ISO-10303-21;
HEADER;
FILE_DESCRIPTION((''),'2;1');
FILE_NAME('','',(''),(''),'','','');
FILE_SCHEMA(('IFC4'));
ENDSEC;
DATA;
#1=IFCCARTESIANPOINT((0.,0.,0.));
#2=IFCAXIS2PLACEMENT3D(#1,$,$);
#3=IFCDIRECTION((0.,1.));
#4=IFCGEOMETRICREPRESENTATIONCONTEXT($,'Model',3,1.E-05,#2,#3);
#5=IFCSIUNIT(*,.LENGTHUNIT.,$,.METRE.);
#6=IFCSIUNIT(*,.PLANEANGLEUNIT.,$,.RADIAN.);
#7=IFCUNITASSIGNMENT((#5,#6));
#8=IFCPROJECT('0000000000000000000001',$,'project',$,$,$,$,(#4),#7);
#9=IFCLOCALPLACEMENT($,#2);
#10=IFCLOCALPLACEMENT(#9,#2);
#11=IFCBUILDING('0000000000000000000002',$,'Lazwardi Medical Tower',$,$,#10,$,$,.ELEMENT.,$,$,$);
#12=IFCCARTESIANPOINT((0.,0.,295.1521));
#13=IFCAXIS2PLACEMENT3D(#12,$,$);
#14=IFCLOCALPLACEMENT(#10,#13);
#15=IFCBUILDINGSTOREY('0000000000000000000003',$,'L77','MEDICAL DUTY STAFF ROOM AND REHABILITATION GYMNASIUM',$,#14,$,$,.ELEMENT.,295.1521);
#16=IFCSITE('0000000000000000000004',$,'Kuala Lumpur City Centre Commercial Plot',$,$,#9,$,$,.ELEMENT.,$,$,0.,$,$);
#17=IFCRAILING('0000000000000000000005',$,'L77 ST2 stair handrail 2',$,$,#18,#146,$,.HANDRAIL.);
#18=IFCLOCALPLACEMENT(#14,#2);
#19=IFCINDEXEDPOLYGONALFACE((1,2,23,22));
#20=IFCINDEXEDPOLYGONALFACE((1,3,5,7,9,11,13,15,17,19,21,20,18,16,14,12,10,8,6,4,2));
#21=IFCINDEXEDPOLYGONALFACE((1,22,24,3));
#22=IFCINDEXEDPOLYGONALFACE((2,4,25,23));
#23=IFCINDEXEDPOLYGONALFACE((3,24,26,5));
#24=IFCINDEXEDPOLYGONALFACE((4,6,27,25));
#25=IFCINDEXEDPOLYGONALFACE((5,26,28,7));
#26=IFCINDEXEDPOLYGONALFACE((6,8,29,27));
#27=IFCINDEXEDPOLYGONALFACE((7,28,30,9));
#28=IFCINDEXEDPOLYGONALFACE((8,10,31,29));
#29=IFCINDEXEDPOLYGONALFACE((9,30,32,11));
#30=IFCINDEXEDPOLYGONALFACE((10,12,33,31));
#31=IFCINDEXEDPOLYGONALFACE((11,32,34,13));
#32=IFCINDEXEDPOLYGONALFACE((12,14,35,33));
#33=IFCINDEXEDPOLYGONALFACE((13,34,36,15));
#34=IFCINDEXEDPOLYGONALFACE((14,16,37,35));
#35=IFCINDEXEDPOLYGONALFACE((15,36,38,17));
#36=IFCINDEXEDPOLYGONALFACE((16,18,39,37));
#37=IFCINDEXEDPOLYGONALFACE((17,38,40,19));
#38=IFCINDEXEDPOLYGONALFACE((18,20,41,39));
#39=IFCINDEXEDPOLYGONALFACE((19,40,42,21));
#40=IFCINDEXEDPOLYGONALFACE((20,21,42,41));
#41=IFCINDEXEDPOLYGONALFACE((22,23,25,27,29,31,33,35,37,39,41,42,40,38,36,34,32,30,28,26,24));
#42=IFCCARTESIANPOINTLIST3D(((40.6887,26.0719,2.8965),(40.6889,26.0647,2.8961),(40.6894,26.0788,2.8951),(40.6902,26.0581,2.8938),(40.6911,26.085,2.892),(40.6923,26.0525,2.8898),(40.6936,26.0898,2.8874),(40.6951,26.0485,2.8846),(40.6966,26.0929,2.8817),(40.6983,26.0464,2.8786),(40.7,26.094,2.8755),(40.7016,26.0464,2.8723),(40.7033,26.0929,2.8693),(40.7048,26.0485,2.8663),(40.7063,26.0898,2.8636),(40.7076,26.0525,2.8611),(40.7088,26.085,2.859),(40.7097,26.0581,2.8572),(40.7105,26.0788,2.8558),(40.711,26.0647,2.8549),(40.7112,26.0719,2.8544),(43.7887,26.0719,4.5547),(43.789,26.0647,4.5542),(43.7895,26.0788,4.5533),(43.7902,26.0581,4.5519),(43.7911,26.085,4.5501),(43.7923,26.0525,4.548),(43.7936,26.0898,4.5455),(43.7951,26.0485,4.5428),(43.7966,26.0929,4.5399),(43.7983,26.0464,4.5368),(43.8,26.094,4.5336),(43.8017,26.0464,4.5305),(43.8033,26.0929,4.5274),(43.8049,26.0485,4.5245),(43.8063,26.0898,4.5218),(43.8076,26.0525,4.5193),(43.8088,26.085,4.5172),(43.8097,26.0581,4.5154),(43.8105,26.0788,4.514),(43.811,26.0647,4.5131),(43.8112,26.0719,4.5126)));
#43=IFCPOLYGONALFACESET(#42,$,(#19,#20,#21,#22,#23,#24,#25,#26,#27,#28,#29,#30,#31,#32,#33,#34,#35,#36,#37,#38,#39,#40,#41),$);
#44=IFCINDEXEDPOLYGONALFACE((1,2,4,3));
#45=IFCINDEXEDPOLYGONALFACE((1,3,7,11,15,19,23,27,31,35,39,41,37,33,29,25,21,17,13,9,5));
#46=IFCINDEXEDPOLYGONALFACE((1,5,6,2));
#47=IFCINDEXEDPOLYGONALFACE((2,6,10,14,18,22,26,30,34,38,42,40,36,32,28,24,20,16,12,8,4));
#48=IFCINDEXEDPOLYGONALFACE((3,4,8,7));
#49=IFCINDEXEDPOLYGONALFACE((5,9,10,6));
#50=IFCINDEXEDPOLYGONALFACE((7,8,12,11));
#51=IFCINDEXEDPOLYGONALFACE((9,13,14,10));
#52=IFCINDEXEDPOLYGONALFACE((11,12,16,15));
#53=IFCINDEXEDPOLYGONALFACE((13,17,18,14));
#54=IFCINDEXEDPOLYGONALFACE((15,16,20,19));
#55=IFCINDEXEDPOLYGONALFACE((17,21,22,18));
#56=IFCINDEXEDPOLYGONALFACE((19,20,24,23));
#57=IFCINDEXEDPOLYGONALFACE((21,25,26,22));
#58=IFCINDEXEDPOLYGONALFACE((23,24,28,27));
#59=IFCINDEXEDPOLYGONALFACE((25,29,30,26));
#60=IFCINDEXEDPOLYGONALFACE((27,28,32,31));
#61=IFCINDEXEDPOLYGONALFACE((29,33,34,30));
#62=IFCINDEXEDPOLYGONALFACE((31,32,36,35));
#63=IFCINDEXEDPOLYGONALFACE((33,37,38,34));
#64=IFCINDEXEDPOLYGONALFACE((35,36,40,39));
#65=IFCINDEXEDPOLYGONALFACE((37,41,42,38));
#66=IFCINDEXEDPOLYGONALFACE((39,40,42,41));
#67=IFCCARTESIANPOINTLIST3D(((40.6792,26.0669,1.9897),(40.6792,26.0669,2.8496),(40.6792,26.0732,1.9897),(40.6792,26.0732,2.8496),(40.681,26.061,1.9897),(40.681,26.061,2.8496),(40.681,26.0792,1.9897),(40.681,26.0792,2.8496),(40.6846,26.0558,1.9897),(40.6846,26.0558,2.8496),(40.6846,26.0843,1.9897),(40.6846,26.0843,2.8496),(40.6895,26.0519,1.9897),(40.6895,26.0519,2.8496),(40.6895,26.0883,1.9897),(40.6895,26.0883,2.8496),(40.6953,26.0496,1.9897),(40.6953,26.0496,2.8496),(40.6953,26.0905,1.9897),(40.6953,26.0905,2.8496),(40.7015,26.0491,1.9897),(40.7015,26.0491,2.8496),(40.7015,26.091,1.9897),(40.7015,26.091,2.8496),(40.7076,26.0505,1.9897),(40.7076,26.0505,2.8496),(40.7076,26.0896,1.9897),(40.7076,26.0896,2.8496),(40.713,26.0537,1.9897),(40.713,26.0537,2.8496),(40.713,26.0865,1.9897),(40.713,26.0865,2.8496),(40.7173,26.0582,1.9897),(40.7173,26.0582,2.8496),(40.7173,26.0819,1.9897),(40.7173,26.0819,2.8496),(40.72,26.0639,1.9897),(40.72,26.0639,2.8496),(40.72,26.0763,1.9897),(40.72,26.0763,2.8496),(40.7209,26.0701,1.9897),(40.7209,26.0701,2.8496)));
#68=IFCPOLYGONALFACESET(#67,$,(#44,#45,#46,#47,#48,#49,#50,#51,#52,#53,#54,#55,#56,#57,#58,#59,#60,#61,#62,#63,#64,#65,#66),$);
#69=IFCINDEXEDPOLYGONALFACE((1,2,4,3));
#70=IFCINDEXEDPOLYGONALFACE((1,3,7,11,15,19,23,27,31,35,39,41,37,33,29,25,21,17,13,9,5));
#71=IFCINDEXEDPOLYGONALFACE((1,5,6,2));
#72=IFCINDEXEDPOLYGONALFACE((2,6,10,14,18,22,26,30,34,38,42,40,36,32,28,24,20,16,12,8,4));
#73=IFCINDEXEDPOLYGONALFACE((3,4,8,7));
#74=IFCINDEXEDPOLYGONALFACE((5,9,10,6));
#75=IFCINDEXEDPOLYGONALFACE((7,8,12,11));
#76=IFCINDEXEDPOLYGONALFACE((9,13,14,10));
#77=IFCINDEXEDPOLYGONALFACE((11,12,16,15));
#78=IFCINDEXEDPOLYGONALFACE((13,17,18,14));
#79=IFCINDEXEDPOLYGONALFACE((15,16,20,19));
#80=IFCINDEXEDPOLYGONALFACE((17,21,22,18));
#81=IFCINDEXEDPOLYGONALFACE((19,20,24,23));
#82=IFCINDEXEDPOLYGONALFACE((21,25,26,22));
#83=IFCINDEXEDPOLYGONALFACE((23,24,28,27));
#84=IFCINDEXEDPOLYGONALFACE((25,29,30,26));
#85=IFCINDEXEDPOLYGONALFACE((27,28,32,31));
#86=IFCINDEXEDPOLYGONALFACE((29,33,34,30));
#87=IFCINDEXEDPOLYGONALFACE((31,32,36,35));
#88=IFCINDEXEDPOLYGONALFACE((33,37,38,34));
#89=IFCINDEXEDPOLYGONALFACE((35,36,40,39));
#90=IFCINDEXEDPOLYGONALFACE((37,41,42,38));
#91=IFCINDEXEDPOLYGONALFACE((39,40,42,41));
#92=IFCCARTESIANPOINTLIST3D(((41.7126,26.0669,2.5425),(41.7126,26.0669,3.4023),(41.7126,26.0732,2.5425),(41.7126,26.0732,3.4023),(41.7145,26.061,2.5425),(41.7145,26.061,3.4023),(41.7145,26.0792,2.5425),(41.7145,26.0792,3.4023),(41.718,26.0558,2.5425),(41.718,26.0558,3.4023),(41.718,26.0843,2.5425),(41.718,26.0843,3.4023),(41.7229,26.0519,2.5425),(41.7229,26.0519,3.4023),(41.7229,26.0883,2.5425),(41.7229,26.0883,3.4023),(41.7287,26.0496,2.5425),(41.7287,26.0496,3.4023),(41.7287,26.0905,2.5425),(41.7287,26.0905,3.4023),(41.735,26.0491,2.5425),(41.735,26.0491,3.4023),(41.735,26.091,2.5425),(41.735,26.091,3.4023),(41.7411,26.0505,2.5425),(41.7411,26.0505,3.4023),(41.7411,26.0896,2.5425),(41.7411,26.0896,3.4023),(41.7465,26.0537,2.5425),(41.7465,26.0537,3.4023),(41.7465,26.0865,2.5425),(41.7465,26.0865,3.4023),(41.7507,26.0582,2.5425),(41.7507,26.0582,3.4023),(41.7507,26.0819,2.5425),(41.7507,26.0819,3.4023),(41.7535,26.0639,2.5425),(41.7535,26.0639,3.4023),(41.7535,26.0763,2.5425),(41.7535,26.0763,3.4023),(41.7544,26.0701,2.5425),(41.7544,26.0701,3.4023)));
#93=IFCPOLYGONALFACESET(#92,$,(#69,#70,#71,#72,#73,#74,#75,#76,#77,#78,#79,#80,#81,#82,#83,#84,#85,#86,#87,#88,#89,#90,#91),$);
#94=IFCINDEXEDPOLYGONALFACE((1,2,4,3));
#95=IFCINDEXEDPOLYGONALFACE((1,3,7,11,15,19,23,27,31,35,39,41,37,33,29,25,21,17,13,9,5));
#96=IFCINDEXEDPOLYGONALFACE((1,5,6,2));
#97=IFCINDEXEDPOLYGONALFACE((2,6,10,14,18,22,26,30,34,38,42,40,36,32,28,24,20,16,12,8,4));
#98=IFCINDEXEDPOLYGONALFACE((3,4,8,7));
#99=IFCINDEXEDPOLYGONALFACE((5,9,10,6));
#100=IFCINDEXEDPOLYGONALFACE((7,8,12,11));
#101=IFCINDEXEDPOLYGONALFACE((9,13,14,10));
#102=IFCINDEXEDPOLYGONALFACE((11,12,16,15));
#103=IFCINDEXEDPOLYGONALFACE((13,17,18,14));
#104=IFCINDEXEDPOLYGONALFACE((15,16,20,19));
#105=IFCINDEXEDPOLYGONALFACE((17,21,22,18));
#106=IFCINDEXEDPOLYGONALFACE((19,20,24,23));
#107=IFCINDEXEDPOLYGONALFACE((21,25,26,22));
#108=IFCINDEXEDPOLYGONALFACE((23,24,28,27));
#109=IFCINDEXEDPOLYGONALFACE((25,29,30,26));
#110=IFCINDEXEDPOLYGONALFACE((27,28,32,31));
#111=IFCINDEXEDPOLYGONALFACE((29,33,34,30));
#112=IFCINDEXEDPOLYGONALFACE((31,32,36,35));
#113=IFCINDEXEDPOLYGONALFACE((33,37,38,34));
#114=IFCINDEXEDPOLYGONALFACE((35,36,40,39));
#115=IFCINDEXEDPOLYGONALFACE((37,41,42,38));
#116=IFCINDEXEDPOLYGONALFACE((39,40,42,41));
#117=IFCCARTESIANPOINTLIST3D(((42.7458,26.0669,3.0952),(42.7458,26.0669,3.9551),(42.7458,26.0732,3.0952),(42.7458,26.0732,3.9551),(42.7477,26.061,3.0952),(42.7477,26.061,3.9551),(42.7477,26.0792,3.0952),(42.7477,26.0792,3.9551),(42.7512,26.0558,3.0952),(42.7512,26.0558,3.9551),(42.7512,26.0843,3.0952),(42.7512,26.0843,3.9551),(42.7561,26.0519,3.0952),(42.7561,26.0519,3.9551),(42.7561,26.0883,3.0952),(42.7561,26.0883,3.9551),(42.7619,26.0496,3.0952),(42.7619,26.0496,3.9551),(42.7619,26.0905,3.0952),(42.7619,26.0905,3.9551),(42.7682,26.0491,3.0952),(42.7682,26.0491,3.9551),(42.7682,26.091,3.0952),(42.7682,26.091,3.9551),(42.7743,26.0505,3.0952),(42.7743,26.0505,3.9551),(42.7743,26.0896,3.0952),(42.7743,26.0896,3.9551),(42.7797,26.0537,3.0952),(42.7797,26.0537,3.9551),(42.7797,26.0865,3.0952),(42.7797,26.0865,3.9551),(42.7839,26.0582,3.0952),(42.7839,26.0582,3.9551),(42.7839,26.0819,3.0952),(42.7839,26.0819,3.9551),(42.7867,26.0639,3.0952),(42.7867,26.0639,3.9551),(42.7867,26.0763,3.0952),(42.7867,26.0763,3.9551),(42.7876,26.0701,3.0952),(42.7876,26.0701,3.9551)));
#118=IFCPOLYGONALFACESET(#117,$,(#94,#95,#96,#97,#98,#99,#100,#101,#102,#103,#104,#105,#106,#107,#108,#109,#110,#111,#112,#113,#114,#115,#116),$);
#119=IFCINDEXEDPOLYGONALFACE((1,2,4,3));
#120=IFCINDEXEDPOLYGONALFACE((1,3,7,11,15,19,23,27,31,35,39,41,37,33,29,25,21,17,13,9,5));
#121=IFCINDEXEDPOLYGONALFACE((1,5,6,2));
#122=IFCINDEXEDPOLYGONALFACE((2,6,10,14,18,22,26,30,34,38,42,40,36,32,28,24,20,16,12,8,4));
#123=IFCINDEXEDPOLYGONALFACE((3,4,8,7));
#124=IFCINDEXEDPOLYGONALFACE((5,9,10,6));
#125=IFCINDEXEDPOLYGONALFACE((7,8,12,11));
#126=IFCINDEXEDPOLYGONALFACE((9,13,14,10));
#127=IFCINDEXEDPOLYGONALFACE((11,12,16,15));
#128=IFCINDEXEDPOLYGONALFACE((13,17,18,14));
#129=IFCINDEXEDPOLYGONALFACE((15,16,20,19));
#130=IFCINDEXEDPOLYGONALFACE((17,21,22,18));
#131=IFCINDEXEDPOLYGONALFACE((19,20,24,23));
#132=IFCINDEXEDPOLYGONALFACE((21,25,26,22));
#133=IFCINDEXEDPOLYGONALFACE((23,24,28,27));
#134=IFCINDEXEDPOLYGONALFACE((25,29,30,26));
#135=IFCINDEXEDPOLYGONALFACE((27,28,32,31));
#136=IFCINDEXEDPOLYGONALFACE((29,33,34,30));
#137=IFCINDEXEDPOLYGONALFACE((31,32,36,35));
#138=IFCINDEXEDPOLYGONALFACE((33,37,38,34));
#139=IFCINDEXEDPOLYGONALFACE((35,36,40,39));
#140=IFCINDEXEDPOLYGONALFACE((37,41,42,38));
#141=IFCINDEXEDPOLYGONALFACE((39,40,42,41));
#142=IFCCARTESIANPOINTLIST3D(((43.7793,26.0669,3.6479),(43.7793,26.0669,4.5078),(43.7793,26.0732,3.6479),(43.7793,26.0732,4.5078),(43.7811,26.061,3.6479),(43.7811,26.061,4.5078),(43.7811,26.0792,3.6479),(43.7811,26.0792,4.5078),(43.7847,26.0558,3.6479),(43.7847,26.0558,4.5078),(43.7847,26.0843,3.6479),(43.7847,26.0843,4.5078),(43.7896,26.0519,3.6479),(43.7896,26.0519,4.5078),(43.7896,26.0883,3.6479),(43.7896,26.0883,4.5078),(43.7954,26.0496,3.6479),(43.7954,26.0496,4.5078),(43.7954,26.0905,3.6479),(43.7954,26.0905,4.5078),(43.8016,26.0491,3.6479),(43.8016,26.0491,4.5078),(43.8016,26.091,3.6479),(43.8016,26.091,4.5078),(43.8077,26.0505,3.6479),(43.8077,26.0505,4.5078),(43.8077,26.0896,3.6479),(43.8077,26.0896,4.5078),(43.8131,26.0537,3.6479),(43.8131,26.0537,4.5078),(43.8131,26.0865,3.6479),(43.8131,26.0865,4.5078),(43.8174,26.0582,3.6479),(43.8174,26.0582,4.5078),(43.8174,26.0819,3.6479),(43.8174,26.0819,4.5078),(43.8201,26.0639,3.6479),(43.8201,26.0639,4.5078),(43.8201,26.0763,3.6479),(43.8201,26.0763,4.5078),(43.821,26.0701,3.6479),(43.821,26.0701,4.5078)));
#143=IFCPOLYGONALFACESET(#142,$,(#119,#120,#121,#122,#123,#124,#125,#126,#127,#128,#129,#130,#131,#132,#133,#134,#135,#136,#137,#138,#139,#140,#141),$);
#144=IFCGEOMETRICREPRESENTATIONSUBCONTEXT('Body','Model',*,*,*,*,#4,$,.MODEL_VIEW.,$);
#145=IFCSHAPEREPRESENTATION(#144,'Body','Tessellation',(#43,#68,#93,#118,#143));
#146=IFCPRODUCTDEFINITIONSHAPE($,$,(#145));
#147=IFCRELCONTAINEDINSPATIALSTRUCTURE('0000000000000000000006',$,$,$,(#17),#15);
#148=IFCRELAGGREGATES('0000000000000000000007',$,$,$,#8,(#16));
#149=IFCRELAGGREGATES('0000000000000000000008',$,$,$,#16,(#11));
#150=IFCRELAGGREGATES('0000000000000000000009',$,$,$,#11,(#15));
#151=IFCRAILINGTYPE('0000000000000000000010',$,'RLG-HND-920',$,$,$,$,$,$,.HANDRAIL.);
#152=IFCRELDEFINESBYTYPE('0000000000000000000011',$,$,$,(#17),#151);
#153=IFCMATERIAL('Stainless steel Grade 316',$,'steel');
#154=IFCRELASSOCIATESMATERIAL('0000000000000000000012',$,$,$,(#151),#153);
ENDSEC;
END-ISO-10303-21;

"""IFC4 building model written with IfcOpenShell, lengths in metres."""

from ifc_helpers import new_model, si_unit, direction, frame, origin, origin_2d, place, context, subcontext, project, spatial, circle, extrude, material, type_object, element, save


model = new_model("IFC4")

# Units and contexts
model_context = context("Model", 3, precision=1e-05, world=origin(), true_north=direction((0.0, 1.0)))
body_context = subcontext(model_context, "Body", "Model", "MODEL_VIEW")
ifc_project = project(units=[si_unit("LENGTHUNIT", "METRE"), si_unit("PLANEANGLEUNIT", "RADIAN")], contexts=[model_context])

# Site, building, storey
site_placement = place(None, origin())
site = spatial("IfcSite", under=ifc_project, at=site_placement, Name="Kuala Lumpur City Centre Commercial Plot", CompositionType="ELEMENT", RefElevation=0.0)
building_placement = place(site_placement, origin())
building = spatial("IfcBuilding", under=site, at=building_placement, Name="Lazwardi Medical Tower", CompositionType="ELEMENT")
storey_placement = place(building_placement, frame((0.0, 0.0, 295.1521)))
storey = spatial("IfcBuildingStorey", under=building, at=storey_placement, Name="L77", Description="MEDICAL DUTY STAFF ROOM AND REHABILITATION GYMNASIUM", CompositionType="ELEMENT", Elevation=295.1521)

# Railing
ifc_material_1 = material(Name="Stainless steel Grade 316", Category="steel")
railing_type_1 = type_object("IfcRailingType", Name="RLG-HND-920", PredefinedType="HANDRAIL", material=ifc_material_1)
railing_1_placement = place(storey_placement, frame((40.7, 26.0701, 1.9897)))
element("IfcRailing", 1, at=railing_1_placement, inside=storey, type_object=railing_type_1, Name="L77 ST2 stair handrail 2", PredefinedType="HANDRAIL", context=body_context, shape_type="SweptSolid", body=[
    extrude(circle(Radius=0.0239, at=origin_2d()), frame((0.0, 0.0, 0.8857), z_axis=(0.881783, 0.0, 0.471655), x_axis=(0.0, 1.0, 0.0)), (0.0, 0.0, 1.0), 3.5156),
    extrude(circle(Radius=0.021, at=origin_2d()), origin(), (0.0, 0.0, 1.0), 0.8599),
    extrude(circle(Radius=0.021, at=origin_2d()), frame((1.0334, 0.0, 0.5527)), (0.0, 0.0, 1.0), 0.8599),
    extrude(circle(Radius=0.021, at=origin_2d()), frame((2.0667, 0.0, 1.1055)), (0.0, 0.0, 1.0), 0.8599),
    extrude(circle(Radius=0.021, at=origin_2d()), frame((3.1001, 0.0, 1.6582)), (0.0, 0.0, 1.0), 0.8599),
])

save(model, "model.ifc")
